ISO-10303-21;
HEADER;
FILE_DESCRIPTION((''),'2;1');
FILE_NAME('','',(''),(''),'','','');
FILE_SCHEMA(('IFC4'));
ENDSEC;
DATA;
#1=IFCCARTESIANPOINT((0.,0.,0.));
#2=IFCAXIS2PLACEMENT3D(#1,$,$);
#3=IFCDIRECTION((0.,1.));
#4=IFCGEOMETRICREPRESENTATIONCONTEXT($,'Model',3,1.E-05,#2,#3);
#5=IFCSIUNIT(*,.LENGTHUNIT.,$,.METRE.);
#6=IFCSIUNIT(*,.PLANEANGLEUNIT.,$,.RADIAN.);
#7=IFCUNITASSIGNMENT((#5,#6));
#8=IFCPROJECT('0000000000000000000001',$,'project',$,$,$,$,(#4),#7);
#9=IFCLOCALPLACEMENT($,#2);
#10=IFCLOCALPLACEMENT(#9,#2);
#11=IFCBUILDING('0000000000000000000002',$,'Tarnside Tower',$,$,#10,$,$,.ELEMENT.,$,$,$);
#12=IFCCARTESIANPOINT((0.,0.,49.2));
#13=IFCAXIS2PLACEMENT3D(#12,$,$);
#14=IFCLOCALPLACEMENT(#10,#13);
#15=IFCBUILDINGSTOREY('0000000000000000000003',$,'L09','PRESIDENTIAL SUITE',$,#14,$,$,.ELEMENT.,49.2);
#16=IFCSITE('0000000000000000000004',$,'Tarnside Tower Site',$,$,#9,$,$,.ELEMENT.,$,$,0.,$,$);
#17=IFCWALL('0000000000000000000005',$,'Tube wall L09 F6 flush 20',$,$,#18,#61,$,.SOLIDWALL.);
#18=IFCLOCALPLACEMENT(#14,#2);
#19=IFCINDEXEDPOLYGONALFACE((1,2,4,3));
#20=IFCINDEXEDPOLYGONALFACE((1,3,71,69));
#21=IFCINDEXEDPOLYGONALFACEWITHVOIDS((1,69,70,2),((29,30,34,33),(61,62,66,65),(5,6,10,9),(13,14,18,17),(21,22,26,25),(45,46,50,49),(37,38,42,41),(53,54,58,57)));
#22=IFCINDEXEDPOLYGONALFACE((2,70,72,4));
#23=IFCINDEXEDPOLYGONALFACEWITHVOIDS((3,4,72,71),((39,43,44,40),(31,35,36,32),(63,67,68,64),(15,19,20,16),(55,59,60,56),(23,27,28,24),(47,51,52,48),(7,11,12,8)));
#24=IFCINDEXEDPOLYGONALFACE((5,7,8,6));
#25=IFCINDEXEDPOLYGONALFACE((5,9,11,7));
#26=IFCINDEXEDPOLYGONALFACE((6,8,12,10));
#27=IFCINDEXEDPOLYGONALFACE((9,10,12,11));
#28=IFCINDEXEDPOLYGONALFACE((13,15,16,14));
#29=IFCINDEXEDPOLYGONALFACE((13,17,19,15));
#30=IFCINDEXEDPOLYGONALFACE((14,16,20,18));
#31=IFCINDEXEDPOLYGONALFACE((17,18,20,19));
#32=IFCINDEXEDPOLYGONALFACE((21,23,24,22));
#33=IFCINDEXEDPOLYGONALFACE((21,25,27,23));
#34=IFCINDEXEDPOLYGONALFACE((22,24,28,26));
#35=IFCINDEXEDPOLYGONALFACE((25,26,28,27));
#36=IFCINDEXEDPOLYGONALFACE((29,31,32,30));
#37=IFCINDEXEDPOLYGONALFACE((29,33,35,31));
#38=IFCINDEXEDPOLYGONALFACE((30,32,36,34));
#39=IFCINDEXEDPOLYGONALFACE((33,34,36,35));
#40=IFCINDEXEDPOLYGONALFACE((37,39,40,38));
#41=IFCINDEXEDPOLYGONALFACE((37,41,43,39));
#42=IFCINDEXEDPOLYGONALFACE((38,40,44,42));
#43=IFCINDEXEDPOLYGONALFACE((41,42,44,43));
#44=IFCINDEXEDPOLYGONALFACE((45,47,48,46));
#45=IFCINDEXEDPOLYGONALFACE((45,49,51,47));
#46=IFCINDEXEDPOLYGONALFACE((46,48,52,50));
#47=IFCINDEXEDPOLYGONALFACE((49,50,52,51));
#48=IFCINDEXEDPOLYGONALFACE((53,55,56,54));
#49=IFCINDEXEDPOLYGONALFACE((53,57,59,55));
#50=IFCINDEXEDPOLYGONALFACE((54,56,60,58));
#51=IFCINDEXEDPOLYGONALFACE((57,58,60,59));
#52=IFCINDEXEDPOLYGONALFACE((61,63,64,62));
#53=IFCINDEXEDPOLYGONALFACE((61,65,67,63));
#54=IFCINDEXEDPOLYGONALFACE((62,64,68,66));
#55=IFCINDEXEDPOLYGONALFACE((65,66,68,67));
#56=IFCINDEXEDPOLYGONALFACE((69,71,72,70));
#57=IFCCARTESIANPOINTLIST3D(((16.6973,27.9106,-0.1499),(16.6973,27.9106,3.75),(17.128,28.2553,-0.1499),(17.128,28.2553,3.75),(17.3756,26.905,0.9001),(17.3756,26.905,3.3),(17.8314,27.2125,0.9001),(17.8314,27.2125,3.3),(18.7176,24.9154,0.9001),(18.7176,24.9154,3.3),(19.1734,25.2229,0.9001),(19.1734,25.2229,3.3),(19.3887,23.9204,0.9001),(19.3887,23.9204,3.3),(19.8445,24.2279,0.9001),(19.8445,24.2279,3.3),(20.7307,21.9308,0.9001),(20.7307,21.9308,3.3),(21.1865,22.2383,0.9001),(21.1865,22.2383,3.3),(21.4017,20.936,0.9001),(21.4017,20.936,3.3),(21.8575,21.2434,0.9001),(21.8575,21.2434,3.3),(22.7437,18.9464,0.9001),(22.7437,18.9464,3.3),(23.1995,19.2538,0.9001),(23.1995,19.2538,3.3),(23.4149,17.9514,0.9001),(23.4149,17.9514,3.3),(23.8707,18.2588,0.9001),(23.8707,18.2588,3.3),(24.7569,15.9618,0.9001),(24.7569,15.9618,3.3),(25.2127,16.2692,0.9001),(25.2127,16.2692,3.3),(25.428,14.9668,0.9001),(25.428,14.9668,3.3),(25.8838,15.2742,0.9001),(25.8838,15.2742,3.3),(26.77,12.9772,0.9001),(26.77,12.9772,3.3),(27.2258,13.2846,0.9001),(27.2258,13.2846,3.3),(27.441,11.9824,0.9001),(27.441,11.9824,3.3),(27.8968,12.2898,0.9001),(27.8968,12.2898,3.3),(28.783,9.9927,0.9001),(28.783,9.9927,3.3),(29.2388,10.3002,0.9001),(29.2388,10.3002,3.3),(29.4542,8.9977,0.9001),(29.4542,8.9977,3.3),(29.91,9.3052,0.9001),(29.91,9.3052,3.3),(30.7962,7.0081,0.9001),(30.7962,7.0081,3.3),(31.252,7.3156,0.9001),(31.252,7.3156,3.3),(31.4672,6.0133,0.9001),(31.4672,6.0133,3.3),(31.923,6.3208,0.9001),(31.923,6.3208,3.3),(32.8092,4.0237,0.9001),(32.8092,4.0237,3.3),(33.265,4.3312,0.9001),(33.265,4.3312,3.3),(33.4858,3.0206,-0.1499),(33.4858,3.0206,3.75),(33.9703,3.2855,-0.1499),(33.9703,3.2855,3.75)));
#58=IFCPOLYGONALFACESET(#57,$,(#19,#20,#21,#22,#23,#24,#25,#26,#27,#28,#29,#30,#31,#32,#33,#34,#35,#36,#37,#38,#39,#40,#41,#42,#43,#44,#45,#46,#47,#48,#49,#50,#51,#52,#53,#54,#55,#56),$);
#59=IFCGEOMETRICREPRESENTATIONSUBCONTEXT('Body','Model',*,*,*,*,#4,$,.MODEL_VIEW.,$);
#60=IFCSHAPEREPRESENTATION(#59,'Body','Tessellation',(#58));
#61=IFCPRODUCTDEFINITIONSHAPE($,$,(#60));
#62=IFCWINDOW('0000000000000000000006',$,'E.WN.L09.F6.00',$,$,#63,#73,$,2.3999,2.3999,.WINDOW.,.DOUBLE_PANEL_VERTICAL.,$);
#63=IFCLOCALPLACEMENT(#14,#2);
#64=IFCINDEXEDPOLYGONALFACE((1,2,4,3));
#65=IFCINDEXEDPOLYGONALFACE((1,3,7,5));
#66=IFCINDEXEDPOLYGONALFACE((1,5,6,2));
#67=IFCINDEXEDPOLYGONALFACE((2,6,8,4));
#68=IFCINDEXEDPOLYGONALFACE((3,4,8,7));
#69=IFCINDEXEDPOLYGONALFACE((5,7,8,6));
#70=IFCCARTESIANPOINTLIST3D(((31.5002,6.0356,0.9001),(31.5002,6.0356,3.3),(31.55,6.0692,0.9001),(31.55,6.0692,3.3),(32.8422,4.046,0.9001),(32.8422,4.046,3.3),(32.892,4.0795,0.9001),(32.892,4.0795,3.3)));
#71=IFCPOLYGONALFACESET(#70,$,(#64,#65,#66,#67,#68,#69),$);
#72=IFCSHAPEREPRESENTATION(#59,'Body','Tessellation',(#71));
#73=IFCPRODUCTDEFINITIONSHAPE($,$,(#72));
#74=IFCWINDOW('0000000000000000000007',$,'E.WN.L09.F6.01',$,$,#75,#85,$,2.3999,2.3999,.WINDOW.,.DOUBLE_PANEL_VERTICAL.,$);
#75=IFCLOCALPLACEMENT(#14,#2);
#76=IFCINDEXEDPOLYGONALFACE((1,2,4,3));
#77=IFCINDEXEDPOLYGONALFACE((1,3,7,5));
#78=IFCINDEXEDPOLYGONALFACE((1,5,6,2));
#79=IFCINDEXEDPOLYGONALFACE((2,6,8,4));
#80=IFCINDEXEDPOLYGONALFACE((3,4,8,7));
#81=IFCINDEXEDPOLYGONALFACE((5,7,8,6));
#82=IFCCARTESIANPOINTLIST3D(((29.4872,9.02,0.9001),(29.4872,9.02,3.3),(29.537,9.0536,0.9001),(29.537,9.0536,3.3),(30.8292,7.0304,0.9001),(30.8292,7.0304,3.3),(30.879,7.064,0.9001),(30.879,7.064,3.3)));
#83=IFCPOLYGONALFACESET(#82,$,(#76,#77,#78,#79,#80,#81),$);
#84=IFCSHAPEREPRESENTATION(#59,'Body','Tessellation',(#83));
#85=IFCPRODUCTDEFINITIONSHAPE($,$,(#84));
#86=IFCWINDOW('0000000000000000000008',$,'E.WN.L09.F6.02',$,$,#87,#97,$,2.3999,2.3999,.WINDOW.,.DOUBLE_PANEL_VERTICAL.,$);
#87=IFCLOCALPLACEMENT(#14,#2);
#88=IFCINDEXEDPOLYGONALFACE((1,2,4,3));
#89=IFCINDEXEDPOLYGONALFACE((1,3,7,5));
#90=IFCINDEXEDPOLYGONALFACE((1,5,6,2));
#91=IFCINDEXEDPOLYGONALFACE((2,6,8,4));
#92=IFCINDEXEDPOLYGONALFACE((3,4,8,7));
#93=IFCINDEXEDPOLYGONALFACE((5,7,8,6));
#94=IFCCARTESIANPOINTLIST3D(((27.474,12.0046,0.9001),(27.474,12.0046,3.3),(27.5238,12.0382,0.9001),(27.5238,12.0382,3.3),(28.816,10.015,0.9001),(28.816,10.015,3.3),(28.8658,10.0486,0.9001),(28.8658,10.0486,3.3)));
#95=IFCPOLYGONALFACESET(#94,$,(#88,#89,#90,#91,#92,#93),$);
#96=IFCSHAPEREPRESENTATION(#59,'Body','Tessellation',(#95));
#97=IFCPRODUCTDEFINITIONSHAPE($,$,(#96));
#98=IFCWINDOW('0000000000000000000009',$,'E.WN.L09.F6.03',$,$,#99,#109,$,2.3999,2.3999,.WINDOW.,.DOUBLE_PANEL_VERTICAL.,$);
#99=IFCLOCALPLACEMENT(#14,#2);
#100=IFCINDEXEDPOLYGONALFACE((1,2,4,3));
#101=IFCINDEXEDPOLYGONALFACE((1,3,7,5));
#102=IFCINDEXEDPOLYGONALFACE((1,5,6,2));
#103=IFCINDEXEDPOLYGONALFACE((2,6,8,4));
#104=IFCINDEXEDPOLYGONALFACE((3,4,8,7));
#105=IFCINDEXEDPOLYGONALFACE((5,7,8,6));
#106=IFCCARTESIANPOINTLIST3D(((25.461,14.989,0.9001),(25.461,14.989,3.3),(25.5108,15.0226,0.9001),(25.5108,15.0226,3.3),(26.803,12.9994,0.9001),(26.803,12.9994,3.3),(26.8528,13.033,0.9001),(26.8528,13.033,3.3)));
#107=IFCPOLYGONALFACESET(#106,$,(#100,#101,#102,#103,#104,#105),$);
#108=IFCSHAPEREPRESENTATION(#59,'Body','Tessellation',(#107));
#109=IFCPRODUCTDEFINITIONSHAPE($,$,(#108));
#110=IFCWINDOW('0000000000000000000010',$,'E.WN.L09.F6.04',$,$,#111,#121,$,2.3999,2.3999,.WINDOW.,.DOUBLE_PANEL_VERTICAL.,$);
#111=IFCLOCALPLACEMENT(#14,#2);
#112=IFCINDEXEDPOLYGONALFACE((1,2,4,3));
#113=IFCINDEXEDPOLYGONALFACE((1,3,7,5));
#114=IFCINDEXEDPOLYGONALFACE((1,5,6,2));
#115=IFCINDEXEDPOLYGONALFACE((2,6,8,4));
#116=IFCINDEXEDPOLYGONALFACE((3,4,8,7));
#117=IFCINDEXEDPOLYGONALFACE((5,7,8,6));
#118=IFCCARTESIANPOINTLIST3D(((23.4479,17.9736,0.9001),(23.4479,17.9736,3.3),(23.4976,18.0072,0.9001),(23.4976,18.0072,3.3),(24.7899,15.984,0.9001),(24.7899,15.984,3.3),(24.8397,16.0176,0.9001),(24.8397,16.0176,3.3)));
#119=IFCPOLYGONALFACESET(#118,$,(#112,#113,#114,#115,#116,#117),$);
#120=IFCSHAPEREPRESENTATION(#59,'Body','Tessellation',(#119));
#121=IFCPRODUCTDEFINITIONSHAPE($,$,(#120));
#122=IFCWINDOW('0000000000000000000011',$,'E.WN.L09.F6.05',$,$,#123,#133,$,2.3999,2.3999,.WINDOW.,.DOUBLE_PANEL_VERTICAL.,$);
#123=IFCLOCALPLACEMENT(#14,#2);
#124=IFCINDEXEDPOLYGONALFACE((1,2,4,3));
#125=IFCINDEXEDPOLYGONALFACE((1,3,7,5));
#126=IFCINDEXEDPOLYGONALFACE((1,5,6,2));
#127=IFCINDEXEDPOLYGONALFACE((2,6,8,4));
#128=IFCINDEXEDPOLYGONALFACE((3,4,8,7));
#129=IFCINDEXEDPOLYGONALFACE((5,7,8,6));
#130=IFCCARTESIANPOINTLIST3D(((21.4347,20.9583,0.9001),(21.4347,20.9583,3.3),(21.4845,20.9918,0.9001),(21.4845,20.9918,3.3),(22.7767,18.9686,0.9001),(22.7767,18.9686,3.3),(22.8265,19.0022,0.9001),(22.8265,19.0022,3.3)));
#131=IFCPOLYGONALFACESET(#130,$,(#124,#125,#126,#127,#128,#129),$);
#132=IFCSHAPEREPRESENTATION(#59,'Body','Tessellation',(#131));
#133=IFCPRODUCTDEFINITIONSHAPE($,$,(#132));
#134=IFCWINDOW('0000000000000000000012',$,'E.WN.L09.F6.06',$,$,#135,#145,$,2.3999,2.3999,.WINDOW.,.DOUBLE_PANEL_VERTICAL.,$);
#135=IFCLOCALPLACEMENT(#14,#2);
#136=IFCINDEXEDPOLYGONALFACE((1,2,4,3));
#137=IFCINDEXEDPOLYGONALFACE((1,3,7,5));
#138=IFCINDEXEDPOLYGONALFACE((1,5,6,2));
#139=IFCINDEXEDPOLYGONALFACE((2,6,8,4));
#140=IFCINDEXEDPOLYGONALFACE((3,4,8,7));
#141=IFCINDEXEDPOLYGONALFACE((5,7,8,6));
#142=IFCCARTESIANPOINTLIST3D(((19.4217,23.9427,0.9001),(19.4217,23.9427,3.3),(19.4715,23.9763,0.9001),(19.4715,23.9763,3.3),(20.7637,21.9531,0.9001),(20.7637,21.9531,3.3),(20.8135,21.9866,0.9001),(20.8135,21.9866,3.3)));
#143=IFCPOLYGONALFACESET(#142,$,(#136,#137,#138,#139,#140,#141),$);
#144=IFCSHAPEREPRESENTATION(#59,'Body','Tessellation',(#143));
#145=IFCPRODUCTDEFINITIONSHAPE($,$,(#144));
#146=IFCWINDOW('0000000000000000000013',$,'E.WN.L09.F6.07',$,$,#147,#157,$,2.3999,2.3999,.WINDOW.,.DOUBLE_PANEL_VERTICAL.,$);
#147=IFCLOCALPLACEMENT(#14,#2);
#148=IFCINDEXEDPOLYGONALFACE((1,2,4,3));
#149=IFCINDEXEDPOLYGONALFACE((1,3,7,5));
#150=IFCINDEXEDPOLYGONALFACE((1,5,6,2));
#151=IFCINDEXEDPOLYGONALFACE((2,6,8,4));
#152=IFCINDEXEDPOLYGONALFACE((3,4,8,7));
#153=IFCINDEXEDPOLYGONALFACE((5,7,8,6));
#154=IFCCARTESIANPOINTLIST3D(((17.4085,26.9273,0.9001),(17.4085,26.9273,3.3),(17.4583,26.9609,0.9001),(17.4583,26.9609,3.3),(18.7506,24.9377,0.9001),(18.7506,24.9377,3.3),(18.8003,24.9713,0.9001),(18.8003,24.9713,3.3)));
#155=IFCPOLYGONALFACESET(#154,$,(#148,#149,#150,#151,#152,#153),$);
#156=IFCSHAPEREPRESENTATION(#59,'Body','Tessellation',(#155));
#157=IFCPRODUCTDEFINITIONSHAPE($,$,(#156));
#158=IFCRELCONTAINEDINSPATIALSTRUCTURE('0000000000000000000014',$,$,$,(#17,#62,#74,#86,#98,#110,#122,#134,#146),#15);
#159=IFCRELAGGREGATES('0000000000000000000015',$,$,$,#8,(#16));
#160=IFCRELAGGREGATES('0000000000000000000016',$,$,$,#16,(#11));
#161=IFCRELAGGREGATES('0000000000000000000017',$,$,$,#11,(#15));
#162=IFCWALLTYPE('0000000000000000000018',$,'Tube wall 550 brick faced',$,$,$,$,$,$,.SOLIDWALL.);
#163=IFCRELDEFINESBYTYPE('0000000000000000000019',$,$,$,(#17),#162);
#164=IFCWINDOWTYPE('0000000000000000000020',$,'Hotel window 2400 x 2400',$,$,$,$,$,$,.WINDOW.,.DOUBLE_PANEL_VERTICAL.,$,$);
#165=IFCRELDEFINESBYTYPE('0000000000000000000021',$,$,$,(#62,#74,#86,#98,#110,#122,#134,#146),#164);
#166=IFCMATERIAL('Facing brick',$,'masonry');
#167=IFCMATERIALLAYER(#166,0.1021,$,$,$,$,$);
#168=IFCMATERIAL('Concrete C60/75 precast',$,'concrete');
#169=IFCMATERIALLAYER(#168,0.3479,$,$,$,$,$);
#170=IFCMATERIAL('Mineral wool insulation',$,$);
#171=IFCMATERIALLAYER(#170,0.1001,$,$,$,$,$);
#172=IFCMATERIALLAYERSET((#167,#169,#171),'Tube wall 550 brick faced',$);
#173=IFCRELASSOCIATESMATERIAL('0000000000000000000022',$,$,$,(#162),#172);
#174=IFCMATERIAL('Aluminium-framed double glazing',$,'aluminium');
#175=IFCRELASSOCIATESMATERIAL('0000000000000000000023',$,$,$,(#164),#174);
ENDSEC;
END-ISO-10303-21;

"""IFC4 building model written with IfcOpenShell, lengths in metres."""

from ifc_helpers import new_model, si_unit, direction, frame, frame_2d, origin, place, context, subcontext, project, spatial, polyline, rectangle, outline, extrude, material, layer, layer_set, type_object, element, fill, save


model = new_model("IFC4")

# Units and contexts
model_context = context("Model", 3, precision=1e-05, world=origin(), true_north=direction((0.0, 1.0)))
body_context = subcontext(model_context, "Body", "Model", "MODEL_VIEW")
ifc_project = project(units=[si_unit("LENGTHUNIT", "METRE"), si_unit("PLANEANGLEUNIT", "RADIAN")], contexts=[model_context])

# Site, building, storey
site_placement = place(None, origin())
site = spatial("IfcSite", under=ifc_project, at=site_placement, Name="Tarnside Tower Site", CompositionType="ELEMENT", RefElevation=0.0)
building_placement = place(site_placement, origin())
building = spatial("IfcBuilding", under=site, at=building_placement, Name="Tarnside Tower", CompositionType="ELEMENT")
storey_placement = place(building_placement, frame((0.0, 0.0, 49.2)))
storey = spatial("IfcBuildingStorey", under=building, at=storey_placement, Name="L09", Description="PRESIDENTIAL SUITE", CompositionType="ELEMENT", Elevation=49.2)

# Shared definitions
ifc_material_1 = material(Name="Facing brick", Category="masonry")
ifc_layer_1 = layer(ifc_material_1, 0.1021)
ifc_material_2 = material(Name="Concrete C60/75 precast", Category="concrete")
ifc_layer_2 = layer(ifc_material_2, 0.3479)
ifc_material_3 = material(Name="Mineral wool insulation")
ifc_layer_3 = layer(ifc_material_3, 0.1001)
ifc_layer_set_1 = layer_set([ifc_layer_1, ifc_layer_2, ifc_layer_3], Name="Tube wall 550 brick faced")
wall_type_1 = type_object("IfcWallType", Name="Tube wall 550 brick faced", PredefinedType="SOLIDWALL", material=ifc_layer_set_1)

# Wall, openings, windows
wall_1_placement = place(storey_placement, frame((33.728, 3.1531, -0.1499), z_axis=(0.0, 0.0, 1.0), x_axis=(-0.559192, 0.829038, 0.0)))
wall_1 = element("IfcWall", 1, at=wall_1_placement, inside=storey, type_object=wall_type_1, Name="Tube wall L09 F6 flush 20", PredefinedType="SOLIDWALL", context=body_context, shape_type="SweptSolid", body=[
    extrude(outline(polyline([(-0.0256, -0.2749), (30.0933, -0.2749), (30.0483, 0.2749), (0.0256, 0.2749), (-0.0256, -0.2749)])), origin(), (0.0, 0.0, 1.0), 3.8999),
])
opening_1_placement = place(wall_1_placement, frame((1.2356, 0.0, 1.05)))
opening_1 = element("IfcOpeningElement", 2, at=opening_1_placement, cuts=wall_1, PredefinedType="OPENING", context=body_context, shape_type="SweptSolid", body=[
    extrude(rectangle(XDim=2.3999, YDim=2.3999, at=frame_2d((1.2, 1.2))), frame((0.0, 0.2852, 0.0), z_axis=(0.0, -1.0, 0.0), x_axis=(1.0, 0.0, 0.0)), (0.0, 0.0, 1.0), 0.5701),
])
opening_2_placement = place(wall_1_placement, frame((4.8354, 0.0, 1.05)))
opening_2 = element("IfcOpeningElement", 3, at=opening_2_placement, cuts=wall_1, PredefinedType="OPENING", context=body_context, shape_type="SweptSolid", body=[
    extrude(rectangle(XDim=2.3999, YDim=2.3999, at=frame_2d((1.2, 1.2))), frame((0.0, 0.2852, 0.0), z_axis=(0.0, -1.0, 0.0), x_axis=(1.0, 0.0, 0.0)), (0.0, 0.0, 1.0), 0.5701),
])
opening_3_placement = place(wall_1_placement, frame((8.4355, 0.0, 1.05)))
opening_3 = element("IfcOpeningElement", 4, at=opening_3_placement, cuts=wall_1, PredefinedType="OPENING", context=body_context, shape_type="SweptSolid", body=[
    extrude(rectangle(XDim=2.3999, YDim=2.3999, at=frame_2d((1.2, 1.2))), frame((0.0, 0.2852, 0.0), z_axis=(0.0, -1.0, 0.0), x_axis=(1.0, 0.0, 0.0)), (0.0, 0.0, 1.0), 0.5701),
])
opening_4_placement = place(wall_1_placement, frame((12.0354, 0.0, 1.05)))
opening_4 = element("IfcOpeningElement", 5, at=opening_4_placement, cuts=wall_1, PredefinedType="OPENING", context=body_context, shape_type="SweptSolid", body=[
    extrude(rectangle(XDim=2.3999, YDim=2.3999, at=frame_2d((1.2, 1.2))), frame((0.0, 0.2852, 0.0), z_axis=(0.0, -1.0, 0.0), x_axis=(1.0, 0.0, 0.0)), (0.0, 0.0, 1.0), 0.5701),
])
opening_5_placement = place(wall_1_placement, frame((15.6355, 0.0, 1.05)))
opening_5 = element("IfcOpeningElement", 6, at=opening_5_placement, cuts=wall_1, PredefinedType="OPENING", context=body_context, shape_type="SweptSolid", body=[
    extrude(rectangle(XDim=2.3999, YDim=2.3999, at=frame_2d((1.2, 1.2))), frame((0.0, 0.2852, 0.0), z_axis=(0.0, -1.0, 0.0), x_axis=(1.0, 0.0, 0.0)), (0.0, 0.0, 1.0), 0.5701),
])
opening_6_placement = place(wall_1_placement, frame((19.2356, 0.0, 1.05)))
opening_6 = element("IfcOpeningElement", 7, at=opening_6_placement, cuts=wall_1, PredefinedType="OPENING", context=body_context, shape_type="SweptSolid", body=[
    extrude(rectangle(XDim=2.3999, YDim=2.3999, at=frame_2d((1.2, 1.2))), frame((0.0, 0.2852, 0.0), z_axis=(0.0, -1.0, 0.0), x_axis=(1.0, 0.0, 0.0)), (0.0, 0.0, 1.0), 0.5701),
])
opening_7_placement = place(wall_1_placement, frame((22.8354, 0.0, 1.05)))
opening_7 = element("IfcOpeningElement", 8, at=opening_7_placement, cuts=wall_1, PredefinedType="OPENING", context=body_context, shape_type="SweptSolid", body=[
    extrude(rectangle(XDim=2.3999, YDim=2.3999, at=frame_2d((1.2, 1.2))), frame((0.0, 0.2852, 0.0), z_axis=(0.0, -1.0, 0.0), x_axis=(1.0, 0.0, 0.0)), (0.0, 0.0, 1.0), 0.5701),
])
opening_8_placement = place(wall_1_placement, frame((26.4355, 0.0, 1.05)))
opening_8 = element("IfcOpeningElement", 9, at=opening_8_placement, cuts=wall_1, PredefinedType="OPENING", context=body_context, shape_type="SweptSolid", body=[
    extrude(rectangle(XDim=2.3999, YDim=2.3999, at=frame_2d((1.2, 1.2))), frame((0.0, 0.2852, 0.0), z_axis=(0.0, -1.0, 0.0), x_axis=(1.0, 0.0, 0.0)), (0.0, 0.0, 1.0), 0.5701),
])
ifc_material_4 = material(Name="Aluminium-framed double glazing", Category="aluminium")
window_type = type_object("IfcWindowType", Name="Hotel window 2400 x 2400", PartitioningType="DOUBLE_PANEL_VERTICAL", PredefinedType="WINDOW", material=ifc_material_4)
window_1_placement = place(opening_1_placement, frame((0.0, 0.2051, 0.0)))
window_1 = element("IfcWindow", 10, at=window_1_placement, inside=storey, type_object=window_type, Name="E.WN.L09.F6.00", OverallHeight=2.3999, OverallWidth=2.3999, PartitioningType="DOUBLE_PANEL_VERTICAL", PredefinedType="WINDOW", context=body_context, shape_type="SweptSolid", body=[
    extrude(rectangle(XDim=2.3999, YDim=2.3999, at=frame_2d((1.2, 1.2))), frame((0.0, 0.03, 0.0), z_axis=(0.0, -1.0, 0.0), x_axis=(1.0, 0.0, 0.0)), (0.0, 0.0, 1.0), 0.0601),
])
fill(opening_1, window_1)
window_2_placement = place(opening_2_placement, frame((0.0, 0.2051, 0.0)))
window_2 = element("IfcWindow", 11, at=window_2_placement, inside=storey, type_object=window_type, Name="E.WN.L09.F6.01", OverallHeight=2.3999, OverallWidth=2.3999, PartitioningType="DOUBLE_PANEL_VERTICAL", PredefinedType="WINDOW", context=body_context, shape_type="SweptSolid", body=[
    extrude(rectangle(XDim=2.3999, YDim=2.3999, at=frame_2d((1.2, 1.2))), frame((0.0, 0.03, 0.0), z_axis=(0.0, -1.0, 0.0), x_axis=(1.0, 0.0, 0.0)), (0.0, 0.0, 1.0), 0.0601),
])
fill(opening_2, window_2)
window_3_placement = place(opening_3_placement, frame((0.0, 0.2051, 0.0)))
window_3 = element("IfcWindow", 12, at=window_3_placement, inside=storey, type_object=window_type, Name="E.WN.L09.F6.02", OverallHeight=2.3999, OverallWidth=2.3999, PartitioningType="DOUBLE_PANEL_VERTICAL", PredefinedType="WINDOW", context=body_context, shape_type="SweptSolid", body=[
    extrude(rectangle(XDim=2.3999, YDim=2.3999, at=frame_2d((1.2, 1.2))), frame((0.0, 0.03, 0.0), z_axis=(0.0, -1.0, 0.0), x_axis=(1.0, 0.0, 0.0)), (0.0, 0.0, 1.0), 0.0601),
])
fill(opening_3, window_3)
window_4_placement = place(opening_4_placement, frame((0.0, 0.2051, 0.0)))
window_4 = element("IfcWindow", 13, at=window_4_placement, inside=storey, type_object=window_type, Name="E.WN.L09.F6.03", OverallHeight=2.3999, OverallWidth=2.3999, PartitioningType="DOUBLE_PANEL_VERTICAL", PredefinedType="WINDOW", context=body_context, shape_type="SweptSolid", body=[
    extrude(rectangle(XDim=2.3999, YDim=2.3999, at=frame_2d((1.2, 1.2))), frame((0.0, 0.03, 0.0), z_axis=(0.0, -1.0, 0.0), x_axis=(1.0, 0.0, 0.0)), (0.0, 0.0, 1.0), 0.0601),
])
fill(opening_4, window_4)
window_5_placement = place(opening_5_placement, frame((0.0, 0.2051, 0.0)))
window_5 = element("IfcWindow", 14, at=window_5_placement, inside=storey, type_object=window_type, Name="E.WN.L09.F6.04", OverallHeight=2.3999, OverallWidth=2.3999, PartitioningType="DOUBLE_PANEL_VERTICAL", PredefinedType="WINDOW", context=body_context, shape_type="SweptSolid", body=[
    extrude(rectangle(XDim=2.3999, YDim=2.3999, at=frame_2d((1.2, 1.2))), frame((0.0, 0.03, 0.0), z_axis=(0.0, -1.0, 0.0), x_axis=(1.0, 0.0, 0.0)), (0.0, 0.0, 1.0), 0.0601),
])
fill(opening_5, window_5)
window_6_placement = place(opening_6_placement, frame((0.0, 0.2051, 0.0)))
window_6 = element("IfcWindow", 15, at=window_6_placement, inside=storey, type_object=window_type, Name="E.WN.L09.F6.05", OverallHeight=2.3999, OverallWidth=2.3999, PartitioningType="DOUBLE_PANEL_VERTICAL", PredefinedType="WINDOW", context=body_context, shape_type="SweptSolid", body=[
    extrude(rectangle(XDim=2.3999, YDim=2.3999, at=frame_2d((1.2, 1.2))), frame((0.0, 0.03, 0.0), z_axis=(0.0, -1.0, 0.0), x_axis=(1.0, 0.0, 0.0)), (0.0, 0.0, 1.0), 0.0601),
])
fill(opening_6, window_6)
window_7_placement = place(opening_7_placement, frame((0.0, 0.2051, 0.0)))
window_7 = element("IfcWindow", 16, at=window_7_placement, inside=storey, type_object=window_type, Name="E.WN.L09.F6.06", OverallHeight=2.3999, OverallWidth=2.3999, PartitioningType="DOUBLE_PANEL_VERTICAL", PredefinedType="WINDOW", context=body_context, shape_type="SweptSolid", body=[
    extrude(rectangle(XDim=2.3999, YDim=2.3999, at=frame_2d((1.2, 1.2))), frame((0.0, 0.03, 0.0), z_axis=(0.0, -1.0, 0.0), x_axis=(1.0, 0.0, 0.0)), (0.0, 0.0, 1.0), 0.0601),
])
fill(opening_7, window_7)
window_8_placement = place(opening_8_placement, frame((0.0, 0.2051, 0.0)))
window_8 = element("IfcWindow", 17, at=window_8_placement, inside=storey, type_object=window_type, Name="E.WN.L09.F6.07", OverallHeight=2.3999, OverallWidth=2.3999, PartitioningType="DOUBLE_PANEL_VERTICAL", PredefinedType="WINDOW", context=body_context, shape_type="SweptSolid", body=[
    extrude(rectangle(XDim=2.3999, YDim=2.3999, at=frame_2d((1.2, 1.2))), frame((0.0, 0.03, 0.0), z_axis=(0.0, -1.0, 0.0), x_axis=(1.0, 0.0, 0.0)), (0.0, 0.0, 1.0), 0.0601),
])
fill(opening_8, window_8)

save(model, "model.ifc")
